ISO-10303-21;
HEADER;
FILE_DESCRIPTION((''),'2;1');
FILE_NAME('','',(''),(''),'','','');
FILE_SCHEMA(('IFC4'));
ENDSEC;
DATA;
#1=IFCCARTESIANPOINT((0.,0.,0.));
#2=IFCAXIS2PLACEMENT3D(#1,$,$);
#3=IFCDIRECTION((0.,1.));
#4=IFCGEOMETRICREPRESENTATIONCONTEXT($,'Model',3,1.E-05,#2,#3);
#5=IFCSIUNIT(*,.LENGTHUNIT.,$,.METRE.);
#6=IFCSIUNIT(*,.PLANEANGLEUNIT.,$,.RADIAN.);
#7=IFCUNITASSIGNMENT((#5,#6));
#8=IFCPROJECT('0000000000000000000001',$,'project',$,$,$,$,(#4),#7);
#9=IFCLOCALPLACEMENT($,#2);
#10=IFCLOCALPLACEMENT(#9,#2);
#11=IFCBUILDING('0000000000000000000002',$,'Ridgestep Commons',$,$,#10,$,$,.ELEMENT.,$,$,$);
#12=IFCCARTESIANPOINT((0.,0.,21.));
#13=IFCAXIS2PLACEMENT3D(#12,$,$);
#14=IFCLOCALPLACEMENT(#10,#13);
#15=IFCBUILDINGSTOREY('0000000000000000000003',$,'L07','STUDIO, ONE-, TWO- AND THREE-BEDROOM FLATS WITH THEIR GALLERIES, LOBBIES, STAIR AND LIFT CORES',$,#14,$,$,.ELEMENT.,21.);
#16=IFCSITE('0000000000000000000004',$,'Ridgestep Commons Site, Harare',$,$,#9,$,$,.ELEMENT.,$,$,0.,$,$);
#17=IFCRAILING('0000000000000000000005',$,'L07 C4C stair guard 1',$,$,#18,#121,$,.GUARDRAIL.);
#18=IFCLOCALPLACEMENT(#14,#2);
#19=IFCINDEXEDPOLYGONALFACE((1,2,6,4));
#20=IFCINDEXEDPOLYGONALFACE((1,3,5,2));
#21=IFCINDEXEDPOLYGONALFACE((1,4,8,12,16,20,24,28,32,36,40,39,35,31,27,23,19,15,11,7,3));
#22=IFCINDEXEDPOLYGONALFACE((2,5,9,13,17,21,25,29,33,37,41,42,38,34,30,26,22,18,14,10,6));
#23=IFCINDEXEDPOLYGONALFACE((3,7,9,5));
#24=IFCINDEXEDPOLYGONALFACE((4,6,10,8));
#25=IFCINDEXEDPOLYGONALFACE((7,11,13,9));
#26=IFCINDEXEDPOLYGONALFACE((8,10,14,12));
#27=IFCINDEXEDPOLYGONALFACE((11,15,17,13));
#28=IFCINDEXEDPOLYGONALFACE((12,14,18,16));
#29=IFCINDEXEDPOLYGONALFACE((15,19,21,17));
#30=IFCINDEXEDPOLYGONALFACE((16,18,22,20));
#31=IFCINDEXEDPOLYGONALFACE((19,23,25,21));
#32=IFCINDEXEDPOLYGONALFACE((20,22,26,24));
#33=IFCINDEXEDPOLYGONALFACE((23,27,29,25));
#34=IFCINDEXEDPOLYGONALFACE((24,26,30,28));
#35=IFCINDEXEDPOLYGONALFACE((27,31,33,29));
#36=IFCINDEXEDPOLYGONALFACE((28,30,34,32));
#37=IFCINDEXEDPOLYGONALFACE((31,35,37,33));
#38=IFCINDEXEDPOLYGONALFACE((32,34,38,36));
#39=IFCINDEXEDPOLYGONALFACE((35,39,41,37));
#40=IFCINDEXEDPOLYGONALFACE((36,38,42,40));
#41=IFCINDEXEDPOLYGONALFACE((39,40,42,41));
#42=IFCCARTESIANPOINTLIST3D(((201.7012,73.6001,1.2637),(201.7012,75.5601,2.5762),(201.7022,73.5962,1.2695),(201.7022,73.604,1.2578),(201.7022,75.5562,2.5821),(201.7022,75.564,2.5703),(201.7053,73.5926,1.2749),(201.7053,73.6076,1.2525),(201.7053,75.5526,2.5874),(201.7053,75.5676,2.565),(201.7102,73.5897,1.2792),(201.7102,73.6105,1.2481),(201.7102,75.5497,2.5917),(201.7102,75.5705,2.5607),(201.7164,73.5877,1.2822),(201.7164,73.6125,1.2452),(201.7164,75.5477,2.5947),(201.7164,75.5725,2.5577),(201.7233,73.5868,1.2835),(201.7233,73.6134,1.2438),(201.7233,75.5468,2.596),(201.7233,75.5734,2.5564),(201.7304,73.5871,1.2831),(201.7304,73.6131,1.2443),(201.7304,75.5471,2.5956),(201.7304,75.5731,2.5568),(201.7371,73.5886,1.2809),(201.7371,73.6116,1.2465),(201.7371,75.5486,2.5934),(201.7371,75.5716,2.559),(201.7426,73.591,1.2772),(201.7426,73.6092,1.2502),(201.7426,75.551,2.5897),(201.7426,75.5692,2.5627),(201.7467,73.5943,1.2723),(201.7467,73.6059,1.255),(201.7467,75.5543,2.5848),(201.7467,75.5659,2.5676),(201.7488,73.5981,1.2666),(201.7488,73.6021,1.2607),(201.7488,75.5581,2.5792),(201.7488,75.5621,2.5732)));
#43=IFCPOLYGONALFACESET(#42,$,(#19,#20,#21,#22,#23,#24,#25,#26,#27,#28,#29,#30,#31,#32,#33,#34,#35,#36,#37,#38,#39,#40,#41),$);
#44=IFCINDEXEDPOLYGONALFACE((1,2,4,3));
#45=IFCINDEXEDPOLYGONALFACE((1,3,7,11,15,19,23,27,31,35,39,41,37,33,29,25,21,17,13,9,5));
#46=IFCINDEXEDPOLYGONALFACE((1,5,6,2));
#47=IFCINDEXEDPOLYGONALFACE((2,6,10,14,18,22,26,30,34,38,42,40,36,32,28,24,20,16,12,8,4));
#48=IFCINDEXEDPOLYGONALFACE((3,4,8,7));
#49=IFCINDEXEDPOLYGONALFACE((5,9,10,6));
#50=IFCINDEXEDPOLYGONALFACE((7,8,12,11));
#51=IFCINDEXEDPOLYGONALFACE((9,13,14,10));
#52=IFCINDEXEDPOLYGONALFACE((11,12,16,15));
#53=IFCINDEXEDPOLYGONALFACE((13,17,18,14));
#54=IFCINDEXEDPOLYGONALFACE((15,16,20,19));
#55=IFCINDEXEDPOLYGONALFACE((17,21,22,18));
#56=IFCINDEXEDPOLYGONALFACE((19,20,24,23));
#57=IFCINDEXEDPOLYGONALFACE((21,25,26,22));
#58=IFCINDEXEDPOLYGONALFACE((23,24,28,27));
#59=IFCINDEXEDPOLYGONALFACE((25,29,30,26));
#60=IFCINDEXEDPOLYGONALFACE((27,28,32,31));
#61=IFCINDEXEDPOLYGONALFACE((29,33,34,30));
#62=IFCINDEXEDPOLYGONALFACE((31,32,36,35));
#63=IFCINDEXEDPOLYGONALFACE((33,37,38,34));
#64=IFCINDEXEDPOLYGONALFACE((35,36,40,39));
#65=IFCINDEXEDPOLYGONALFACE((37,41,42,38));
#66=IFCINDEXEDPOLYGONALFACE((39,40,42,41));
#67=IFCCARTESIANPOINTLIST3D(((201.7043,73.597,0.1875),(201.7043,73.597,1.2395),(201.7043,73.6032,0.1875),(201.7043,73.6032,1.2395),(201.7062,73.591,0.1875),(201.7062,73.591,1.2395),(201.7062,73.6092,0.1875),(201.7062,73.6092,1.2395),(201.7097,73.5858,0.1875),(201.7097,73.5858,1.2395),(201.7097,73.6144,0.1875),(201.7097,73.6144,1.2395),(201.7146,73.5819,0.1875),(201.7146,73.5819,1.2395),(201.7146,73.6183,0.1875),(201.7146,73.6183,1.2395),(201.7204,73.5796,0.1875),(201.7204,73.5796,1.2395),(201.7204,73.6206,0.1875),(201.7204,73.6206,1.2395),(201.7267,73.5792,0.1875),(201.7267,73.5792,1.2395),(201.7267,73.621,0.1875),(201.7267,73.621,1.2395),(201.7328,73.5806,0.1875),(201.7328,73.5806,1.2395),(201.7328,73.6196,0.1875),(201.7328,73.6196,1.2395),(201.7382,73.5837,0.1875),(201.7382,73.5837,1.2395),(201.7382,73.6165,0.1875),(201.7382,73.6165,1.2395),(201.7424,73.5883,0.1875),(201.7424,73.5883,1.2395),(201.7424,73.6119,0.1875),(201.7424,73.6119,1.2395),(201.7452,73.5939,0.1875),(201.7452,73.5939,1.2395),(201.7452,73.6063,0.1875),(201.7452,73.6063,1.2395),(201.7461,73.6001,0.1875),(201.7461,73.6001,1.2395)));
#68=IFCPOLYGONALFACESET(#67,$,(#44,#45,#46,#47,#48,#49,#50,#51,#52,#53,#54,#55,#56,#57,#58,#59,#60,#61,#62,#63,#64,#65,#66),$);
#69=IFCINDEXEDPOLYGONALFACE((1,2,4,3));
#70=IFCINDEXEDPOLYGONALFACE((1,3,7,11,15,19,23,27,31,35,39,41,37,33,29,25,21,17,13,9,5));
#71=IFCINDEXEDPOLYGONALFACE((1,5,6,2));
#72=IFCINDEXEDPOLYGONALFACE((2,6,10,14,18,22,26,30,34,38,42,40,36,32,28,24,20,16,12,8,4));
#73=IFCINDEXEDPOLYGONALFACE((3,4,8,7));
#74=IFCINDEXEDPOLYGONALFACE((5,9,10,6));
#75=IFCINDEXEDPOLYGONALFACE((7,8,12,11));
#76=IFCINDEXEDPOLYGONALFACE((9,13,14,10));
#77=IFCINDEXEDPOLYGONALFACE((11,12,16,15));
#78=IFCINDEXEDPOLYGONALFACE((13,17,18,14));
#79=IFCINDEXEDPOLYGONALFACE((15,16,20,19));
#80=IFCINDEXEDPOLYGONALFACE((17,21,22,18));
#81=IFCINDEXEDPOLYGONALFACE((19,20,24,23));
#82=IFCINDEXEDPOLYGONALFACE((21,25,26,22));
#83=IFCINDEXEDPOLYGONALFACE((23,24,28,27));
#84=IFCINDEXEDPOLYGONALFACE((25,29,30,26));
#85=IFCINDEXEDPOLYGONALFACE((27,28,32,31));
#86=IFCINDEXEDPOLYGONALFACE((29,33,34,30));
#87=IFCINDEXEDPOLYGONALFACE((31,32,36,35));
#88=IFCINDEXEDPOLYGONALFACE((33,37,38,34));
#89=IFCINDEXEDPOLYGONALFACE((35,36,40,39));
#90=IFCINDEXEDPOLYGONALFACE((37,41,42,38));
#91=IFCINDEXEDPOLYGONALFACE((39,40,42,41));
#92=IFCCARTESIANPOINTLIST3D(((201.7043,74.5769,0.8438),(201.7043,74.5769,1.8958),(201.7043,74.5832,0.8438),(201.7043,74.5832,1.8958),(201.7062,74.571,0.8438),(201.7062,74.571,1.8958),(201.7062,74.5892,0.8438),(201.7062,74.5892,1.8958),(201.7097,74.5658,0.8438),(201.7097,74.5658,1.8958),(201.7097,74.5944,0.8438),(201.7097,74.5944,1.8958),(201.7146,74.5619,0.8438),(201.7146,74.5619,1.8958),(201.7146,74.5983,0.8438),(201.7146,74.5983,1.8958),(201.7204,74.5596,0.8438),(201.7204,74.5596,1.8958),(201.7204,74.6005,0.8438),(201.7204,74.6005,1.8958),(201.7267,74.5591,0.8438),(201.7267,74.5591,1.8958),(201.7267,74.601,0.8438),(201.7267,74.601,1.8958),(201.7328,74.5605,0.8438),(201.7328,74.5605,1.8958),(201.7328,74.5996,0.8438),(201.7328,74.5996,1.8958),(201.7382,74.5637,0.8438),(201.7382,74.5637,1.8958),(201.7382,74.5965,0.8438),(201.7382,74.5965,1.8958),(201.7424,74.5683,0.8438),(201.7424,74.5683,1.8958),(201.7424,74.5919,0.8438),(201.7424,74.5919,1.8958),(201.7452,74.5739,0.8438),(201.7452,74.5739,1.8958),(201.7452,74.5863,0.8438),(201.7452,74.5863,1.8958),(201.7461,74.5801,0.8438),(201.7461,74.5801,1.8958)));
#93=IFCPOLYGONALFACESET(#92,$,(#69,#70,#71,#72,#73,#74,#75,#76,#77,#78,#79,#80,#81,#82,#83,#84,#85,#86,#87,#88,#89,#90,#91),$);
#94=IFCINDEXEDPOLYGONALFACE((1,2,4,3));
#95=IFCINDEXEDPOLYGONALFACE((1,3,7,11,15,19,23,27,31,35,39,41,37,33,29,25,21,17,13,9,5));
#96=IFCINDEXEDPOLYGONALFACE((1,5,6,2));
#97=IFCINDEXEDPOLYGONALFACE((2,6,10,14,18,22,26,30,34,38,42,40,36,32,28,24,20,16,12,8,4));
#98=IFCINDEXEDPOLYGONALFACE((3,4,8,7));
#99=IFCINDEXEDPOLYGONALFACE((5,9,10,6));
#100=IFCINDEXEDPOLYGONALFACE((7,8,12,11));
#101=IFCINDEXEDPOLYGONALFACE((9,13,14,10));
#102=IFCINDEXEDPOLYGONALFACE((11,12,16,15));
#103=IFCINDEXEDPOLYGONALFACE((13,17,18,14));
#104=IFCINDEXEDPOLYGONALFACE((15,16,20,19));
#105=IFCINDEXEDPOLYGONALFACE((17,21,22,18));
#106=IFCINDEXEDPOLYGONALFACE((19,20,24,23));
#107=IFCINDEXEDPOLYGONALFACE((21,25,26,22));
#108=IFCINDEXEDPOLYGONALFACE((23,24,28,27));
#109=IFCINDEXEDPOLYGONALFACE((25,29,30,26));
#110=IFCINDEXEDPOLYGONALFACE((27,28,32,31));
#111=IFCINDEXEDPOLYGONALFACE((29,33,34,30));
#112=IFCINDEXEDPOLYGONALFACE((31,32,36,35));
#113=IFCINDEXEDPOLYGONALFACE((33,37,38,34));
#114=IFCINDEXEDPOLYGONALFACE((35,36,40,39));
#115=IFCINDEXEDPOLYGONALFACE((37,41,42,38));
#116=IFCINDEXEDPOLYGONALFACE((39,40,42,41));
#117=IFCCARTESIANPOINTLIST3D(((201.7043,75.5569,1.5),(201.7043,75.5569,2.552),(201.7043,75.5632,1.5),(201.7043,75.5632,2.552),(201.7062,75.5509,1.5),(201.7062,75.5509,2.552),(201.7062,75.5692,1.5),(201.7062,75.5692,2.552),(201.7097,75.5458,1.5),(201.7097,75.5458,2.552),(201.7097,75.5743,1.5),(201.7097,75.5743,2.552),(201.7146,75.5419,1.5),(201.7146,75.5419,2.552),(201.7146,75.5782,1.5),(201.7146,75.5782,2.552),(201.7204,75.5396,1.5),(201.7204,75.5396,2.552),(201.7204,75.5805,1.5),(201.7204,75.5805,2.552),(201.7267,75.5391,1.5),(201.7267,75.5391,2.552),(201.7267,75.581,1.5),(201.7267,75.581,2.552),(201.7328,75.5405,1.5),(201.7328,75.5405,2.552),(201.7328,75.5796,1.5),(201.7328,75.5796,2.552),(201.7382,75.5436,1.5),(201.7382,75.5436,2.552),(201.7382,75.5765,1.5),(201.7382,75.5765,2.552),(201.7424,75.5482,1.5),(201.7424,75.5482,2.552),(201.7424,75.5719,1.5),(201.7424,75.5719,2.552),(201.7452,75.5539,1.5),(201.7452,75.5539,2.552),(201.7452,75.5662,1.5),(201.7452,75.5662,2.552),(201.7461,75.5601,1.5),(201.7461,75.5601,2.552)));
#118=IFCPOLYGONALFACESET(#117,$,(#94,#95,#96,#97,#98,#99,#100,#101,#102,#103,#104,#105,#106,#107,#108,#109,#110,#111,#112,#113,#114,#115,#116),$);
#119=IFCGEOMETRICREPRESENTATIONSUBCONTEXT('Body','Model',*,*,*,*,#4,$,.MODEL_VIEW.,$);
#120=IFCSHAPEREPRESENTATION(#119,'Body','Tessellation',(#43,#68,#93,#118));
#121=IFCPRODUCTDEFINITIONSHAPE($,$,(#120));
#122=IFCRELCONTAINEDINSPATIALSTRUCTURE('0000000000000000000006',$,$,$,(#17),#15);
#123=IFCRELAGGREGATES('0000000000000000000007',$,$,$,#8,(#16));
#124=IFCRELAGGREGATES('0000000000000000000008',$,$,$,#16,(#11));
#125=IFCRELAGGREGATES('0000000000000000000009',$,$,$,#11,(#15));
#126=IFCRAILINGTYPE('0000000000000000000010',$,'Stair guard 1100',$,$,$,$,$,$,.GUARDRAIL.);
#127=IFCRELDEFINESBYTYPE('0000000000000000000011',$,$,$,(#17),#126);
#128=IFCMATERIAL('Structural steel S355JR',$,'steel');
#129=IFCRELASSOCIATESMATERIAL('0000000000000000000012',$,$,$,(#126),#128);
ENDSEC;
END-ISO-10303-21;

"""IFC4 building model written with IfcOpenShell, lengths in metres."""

from ifc_helpers import new_model, si_unit, direction, frame, origin, origin_2d, place, context, subcontext, project, spatial, circle, extrude, material, type_object, element, save


model = new_model("IFC4")

# Units and contexts
model_context = context("Model", 3, precision=1e-05, world=origin(), true_north=direction((0.0, 1.0)))
body_context = subcontext(model_context, "Body", "Model", "MODEL_VIEW")
ifc_project = project(units=[si_unit("LENGTHUNIT", "METRE"), si_unit("PLANEANGLEUNIT", "RADIAN")], contexts=[model_context])

# Site, building, storey
site_placement = place(None, origin())
site = spatial("IfcSite", under=ifc_project, at=site_placement, Name="Ridgestep Commons Site, Harare", CompositionType="ELEMENT", RefElevation=0.0)
building_placement = place(site_placement, origin())
building = spatial("IfcBuilding", under=site, at=building_placement, Name="Ridgestep Commons", CompositionType="ELEMENT")
storey_placement = place(building_placement, frame((0.0, 0.0, 21.0)))
storey = spatial("IfcBuildingStorey", under=building, at=storey_placement, Name="L07", Description="STUDIO, ONE-, TWO- AND THREE-BEDROOM FLATS WITH THEIR GALLERIES, LOBBIES, STAIR AND LIFT CORES", CompositionType="ELEMENT", Elevation=21.0)

# Railing
ifc_material_1 = material(Name="Structural steel S355JR", Category="steel")
railing_type_1 = type_object("IfcRailingType", Name="Stair guard 1100", PredefinedType="GUARDRAIL", material=ifc_material_1)
railing_1_placement = place(storey_placement, frame((201.7251, 73.6001, 0.1875)))
element("IfcRailing", 1, at=railing_1_placement, inside=storey, type_object=railing_type_1, Name="L07 C4C stair guard 1", PredefinedType="GUARDRAIL", context=body_context, shape_type="SweptSolid", body=[
    extrude(circle(Radius=0.0239, at=origin_2d()), frame((0.0, 0.0, 1.0762), z_axis=(0.0, 0.830902, 0.556419), x_axis=(-1.0, 0.0, 0.0)), (0.0, 0.0, 1.0), 2.3589),
    extrude(circle(Radius=0.021, at=origin_2d()), origin(), (0.0, 0.0, 1.0), 1.052),
    extrude(circle(Radius=0.021, at=origin_2d()), frame((0.0, 0.98, 0.6562)), (0.0, 0.0, 1.0), 1.052),
    extrude(circle(Radius=0.021, at=origin_2d()), frame((0.0, 1.96, 1.3125)), (0.0, 0.0, 1.0), 1.052),
])

save(model, "model.ifc")
